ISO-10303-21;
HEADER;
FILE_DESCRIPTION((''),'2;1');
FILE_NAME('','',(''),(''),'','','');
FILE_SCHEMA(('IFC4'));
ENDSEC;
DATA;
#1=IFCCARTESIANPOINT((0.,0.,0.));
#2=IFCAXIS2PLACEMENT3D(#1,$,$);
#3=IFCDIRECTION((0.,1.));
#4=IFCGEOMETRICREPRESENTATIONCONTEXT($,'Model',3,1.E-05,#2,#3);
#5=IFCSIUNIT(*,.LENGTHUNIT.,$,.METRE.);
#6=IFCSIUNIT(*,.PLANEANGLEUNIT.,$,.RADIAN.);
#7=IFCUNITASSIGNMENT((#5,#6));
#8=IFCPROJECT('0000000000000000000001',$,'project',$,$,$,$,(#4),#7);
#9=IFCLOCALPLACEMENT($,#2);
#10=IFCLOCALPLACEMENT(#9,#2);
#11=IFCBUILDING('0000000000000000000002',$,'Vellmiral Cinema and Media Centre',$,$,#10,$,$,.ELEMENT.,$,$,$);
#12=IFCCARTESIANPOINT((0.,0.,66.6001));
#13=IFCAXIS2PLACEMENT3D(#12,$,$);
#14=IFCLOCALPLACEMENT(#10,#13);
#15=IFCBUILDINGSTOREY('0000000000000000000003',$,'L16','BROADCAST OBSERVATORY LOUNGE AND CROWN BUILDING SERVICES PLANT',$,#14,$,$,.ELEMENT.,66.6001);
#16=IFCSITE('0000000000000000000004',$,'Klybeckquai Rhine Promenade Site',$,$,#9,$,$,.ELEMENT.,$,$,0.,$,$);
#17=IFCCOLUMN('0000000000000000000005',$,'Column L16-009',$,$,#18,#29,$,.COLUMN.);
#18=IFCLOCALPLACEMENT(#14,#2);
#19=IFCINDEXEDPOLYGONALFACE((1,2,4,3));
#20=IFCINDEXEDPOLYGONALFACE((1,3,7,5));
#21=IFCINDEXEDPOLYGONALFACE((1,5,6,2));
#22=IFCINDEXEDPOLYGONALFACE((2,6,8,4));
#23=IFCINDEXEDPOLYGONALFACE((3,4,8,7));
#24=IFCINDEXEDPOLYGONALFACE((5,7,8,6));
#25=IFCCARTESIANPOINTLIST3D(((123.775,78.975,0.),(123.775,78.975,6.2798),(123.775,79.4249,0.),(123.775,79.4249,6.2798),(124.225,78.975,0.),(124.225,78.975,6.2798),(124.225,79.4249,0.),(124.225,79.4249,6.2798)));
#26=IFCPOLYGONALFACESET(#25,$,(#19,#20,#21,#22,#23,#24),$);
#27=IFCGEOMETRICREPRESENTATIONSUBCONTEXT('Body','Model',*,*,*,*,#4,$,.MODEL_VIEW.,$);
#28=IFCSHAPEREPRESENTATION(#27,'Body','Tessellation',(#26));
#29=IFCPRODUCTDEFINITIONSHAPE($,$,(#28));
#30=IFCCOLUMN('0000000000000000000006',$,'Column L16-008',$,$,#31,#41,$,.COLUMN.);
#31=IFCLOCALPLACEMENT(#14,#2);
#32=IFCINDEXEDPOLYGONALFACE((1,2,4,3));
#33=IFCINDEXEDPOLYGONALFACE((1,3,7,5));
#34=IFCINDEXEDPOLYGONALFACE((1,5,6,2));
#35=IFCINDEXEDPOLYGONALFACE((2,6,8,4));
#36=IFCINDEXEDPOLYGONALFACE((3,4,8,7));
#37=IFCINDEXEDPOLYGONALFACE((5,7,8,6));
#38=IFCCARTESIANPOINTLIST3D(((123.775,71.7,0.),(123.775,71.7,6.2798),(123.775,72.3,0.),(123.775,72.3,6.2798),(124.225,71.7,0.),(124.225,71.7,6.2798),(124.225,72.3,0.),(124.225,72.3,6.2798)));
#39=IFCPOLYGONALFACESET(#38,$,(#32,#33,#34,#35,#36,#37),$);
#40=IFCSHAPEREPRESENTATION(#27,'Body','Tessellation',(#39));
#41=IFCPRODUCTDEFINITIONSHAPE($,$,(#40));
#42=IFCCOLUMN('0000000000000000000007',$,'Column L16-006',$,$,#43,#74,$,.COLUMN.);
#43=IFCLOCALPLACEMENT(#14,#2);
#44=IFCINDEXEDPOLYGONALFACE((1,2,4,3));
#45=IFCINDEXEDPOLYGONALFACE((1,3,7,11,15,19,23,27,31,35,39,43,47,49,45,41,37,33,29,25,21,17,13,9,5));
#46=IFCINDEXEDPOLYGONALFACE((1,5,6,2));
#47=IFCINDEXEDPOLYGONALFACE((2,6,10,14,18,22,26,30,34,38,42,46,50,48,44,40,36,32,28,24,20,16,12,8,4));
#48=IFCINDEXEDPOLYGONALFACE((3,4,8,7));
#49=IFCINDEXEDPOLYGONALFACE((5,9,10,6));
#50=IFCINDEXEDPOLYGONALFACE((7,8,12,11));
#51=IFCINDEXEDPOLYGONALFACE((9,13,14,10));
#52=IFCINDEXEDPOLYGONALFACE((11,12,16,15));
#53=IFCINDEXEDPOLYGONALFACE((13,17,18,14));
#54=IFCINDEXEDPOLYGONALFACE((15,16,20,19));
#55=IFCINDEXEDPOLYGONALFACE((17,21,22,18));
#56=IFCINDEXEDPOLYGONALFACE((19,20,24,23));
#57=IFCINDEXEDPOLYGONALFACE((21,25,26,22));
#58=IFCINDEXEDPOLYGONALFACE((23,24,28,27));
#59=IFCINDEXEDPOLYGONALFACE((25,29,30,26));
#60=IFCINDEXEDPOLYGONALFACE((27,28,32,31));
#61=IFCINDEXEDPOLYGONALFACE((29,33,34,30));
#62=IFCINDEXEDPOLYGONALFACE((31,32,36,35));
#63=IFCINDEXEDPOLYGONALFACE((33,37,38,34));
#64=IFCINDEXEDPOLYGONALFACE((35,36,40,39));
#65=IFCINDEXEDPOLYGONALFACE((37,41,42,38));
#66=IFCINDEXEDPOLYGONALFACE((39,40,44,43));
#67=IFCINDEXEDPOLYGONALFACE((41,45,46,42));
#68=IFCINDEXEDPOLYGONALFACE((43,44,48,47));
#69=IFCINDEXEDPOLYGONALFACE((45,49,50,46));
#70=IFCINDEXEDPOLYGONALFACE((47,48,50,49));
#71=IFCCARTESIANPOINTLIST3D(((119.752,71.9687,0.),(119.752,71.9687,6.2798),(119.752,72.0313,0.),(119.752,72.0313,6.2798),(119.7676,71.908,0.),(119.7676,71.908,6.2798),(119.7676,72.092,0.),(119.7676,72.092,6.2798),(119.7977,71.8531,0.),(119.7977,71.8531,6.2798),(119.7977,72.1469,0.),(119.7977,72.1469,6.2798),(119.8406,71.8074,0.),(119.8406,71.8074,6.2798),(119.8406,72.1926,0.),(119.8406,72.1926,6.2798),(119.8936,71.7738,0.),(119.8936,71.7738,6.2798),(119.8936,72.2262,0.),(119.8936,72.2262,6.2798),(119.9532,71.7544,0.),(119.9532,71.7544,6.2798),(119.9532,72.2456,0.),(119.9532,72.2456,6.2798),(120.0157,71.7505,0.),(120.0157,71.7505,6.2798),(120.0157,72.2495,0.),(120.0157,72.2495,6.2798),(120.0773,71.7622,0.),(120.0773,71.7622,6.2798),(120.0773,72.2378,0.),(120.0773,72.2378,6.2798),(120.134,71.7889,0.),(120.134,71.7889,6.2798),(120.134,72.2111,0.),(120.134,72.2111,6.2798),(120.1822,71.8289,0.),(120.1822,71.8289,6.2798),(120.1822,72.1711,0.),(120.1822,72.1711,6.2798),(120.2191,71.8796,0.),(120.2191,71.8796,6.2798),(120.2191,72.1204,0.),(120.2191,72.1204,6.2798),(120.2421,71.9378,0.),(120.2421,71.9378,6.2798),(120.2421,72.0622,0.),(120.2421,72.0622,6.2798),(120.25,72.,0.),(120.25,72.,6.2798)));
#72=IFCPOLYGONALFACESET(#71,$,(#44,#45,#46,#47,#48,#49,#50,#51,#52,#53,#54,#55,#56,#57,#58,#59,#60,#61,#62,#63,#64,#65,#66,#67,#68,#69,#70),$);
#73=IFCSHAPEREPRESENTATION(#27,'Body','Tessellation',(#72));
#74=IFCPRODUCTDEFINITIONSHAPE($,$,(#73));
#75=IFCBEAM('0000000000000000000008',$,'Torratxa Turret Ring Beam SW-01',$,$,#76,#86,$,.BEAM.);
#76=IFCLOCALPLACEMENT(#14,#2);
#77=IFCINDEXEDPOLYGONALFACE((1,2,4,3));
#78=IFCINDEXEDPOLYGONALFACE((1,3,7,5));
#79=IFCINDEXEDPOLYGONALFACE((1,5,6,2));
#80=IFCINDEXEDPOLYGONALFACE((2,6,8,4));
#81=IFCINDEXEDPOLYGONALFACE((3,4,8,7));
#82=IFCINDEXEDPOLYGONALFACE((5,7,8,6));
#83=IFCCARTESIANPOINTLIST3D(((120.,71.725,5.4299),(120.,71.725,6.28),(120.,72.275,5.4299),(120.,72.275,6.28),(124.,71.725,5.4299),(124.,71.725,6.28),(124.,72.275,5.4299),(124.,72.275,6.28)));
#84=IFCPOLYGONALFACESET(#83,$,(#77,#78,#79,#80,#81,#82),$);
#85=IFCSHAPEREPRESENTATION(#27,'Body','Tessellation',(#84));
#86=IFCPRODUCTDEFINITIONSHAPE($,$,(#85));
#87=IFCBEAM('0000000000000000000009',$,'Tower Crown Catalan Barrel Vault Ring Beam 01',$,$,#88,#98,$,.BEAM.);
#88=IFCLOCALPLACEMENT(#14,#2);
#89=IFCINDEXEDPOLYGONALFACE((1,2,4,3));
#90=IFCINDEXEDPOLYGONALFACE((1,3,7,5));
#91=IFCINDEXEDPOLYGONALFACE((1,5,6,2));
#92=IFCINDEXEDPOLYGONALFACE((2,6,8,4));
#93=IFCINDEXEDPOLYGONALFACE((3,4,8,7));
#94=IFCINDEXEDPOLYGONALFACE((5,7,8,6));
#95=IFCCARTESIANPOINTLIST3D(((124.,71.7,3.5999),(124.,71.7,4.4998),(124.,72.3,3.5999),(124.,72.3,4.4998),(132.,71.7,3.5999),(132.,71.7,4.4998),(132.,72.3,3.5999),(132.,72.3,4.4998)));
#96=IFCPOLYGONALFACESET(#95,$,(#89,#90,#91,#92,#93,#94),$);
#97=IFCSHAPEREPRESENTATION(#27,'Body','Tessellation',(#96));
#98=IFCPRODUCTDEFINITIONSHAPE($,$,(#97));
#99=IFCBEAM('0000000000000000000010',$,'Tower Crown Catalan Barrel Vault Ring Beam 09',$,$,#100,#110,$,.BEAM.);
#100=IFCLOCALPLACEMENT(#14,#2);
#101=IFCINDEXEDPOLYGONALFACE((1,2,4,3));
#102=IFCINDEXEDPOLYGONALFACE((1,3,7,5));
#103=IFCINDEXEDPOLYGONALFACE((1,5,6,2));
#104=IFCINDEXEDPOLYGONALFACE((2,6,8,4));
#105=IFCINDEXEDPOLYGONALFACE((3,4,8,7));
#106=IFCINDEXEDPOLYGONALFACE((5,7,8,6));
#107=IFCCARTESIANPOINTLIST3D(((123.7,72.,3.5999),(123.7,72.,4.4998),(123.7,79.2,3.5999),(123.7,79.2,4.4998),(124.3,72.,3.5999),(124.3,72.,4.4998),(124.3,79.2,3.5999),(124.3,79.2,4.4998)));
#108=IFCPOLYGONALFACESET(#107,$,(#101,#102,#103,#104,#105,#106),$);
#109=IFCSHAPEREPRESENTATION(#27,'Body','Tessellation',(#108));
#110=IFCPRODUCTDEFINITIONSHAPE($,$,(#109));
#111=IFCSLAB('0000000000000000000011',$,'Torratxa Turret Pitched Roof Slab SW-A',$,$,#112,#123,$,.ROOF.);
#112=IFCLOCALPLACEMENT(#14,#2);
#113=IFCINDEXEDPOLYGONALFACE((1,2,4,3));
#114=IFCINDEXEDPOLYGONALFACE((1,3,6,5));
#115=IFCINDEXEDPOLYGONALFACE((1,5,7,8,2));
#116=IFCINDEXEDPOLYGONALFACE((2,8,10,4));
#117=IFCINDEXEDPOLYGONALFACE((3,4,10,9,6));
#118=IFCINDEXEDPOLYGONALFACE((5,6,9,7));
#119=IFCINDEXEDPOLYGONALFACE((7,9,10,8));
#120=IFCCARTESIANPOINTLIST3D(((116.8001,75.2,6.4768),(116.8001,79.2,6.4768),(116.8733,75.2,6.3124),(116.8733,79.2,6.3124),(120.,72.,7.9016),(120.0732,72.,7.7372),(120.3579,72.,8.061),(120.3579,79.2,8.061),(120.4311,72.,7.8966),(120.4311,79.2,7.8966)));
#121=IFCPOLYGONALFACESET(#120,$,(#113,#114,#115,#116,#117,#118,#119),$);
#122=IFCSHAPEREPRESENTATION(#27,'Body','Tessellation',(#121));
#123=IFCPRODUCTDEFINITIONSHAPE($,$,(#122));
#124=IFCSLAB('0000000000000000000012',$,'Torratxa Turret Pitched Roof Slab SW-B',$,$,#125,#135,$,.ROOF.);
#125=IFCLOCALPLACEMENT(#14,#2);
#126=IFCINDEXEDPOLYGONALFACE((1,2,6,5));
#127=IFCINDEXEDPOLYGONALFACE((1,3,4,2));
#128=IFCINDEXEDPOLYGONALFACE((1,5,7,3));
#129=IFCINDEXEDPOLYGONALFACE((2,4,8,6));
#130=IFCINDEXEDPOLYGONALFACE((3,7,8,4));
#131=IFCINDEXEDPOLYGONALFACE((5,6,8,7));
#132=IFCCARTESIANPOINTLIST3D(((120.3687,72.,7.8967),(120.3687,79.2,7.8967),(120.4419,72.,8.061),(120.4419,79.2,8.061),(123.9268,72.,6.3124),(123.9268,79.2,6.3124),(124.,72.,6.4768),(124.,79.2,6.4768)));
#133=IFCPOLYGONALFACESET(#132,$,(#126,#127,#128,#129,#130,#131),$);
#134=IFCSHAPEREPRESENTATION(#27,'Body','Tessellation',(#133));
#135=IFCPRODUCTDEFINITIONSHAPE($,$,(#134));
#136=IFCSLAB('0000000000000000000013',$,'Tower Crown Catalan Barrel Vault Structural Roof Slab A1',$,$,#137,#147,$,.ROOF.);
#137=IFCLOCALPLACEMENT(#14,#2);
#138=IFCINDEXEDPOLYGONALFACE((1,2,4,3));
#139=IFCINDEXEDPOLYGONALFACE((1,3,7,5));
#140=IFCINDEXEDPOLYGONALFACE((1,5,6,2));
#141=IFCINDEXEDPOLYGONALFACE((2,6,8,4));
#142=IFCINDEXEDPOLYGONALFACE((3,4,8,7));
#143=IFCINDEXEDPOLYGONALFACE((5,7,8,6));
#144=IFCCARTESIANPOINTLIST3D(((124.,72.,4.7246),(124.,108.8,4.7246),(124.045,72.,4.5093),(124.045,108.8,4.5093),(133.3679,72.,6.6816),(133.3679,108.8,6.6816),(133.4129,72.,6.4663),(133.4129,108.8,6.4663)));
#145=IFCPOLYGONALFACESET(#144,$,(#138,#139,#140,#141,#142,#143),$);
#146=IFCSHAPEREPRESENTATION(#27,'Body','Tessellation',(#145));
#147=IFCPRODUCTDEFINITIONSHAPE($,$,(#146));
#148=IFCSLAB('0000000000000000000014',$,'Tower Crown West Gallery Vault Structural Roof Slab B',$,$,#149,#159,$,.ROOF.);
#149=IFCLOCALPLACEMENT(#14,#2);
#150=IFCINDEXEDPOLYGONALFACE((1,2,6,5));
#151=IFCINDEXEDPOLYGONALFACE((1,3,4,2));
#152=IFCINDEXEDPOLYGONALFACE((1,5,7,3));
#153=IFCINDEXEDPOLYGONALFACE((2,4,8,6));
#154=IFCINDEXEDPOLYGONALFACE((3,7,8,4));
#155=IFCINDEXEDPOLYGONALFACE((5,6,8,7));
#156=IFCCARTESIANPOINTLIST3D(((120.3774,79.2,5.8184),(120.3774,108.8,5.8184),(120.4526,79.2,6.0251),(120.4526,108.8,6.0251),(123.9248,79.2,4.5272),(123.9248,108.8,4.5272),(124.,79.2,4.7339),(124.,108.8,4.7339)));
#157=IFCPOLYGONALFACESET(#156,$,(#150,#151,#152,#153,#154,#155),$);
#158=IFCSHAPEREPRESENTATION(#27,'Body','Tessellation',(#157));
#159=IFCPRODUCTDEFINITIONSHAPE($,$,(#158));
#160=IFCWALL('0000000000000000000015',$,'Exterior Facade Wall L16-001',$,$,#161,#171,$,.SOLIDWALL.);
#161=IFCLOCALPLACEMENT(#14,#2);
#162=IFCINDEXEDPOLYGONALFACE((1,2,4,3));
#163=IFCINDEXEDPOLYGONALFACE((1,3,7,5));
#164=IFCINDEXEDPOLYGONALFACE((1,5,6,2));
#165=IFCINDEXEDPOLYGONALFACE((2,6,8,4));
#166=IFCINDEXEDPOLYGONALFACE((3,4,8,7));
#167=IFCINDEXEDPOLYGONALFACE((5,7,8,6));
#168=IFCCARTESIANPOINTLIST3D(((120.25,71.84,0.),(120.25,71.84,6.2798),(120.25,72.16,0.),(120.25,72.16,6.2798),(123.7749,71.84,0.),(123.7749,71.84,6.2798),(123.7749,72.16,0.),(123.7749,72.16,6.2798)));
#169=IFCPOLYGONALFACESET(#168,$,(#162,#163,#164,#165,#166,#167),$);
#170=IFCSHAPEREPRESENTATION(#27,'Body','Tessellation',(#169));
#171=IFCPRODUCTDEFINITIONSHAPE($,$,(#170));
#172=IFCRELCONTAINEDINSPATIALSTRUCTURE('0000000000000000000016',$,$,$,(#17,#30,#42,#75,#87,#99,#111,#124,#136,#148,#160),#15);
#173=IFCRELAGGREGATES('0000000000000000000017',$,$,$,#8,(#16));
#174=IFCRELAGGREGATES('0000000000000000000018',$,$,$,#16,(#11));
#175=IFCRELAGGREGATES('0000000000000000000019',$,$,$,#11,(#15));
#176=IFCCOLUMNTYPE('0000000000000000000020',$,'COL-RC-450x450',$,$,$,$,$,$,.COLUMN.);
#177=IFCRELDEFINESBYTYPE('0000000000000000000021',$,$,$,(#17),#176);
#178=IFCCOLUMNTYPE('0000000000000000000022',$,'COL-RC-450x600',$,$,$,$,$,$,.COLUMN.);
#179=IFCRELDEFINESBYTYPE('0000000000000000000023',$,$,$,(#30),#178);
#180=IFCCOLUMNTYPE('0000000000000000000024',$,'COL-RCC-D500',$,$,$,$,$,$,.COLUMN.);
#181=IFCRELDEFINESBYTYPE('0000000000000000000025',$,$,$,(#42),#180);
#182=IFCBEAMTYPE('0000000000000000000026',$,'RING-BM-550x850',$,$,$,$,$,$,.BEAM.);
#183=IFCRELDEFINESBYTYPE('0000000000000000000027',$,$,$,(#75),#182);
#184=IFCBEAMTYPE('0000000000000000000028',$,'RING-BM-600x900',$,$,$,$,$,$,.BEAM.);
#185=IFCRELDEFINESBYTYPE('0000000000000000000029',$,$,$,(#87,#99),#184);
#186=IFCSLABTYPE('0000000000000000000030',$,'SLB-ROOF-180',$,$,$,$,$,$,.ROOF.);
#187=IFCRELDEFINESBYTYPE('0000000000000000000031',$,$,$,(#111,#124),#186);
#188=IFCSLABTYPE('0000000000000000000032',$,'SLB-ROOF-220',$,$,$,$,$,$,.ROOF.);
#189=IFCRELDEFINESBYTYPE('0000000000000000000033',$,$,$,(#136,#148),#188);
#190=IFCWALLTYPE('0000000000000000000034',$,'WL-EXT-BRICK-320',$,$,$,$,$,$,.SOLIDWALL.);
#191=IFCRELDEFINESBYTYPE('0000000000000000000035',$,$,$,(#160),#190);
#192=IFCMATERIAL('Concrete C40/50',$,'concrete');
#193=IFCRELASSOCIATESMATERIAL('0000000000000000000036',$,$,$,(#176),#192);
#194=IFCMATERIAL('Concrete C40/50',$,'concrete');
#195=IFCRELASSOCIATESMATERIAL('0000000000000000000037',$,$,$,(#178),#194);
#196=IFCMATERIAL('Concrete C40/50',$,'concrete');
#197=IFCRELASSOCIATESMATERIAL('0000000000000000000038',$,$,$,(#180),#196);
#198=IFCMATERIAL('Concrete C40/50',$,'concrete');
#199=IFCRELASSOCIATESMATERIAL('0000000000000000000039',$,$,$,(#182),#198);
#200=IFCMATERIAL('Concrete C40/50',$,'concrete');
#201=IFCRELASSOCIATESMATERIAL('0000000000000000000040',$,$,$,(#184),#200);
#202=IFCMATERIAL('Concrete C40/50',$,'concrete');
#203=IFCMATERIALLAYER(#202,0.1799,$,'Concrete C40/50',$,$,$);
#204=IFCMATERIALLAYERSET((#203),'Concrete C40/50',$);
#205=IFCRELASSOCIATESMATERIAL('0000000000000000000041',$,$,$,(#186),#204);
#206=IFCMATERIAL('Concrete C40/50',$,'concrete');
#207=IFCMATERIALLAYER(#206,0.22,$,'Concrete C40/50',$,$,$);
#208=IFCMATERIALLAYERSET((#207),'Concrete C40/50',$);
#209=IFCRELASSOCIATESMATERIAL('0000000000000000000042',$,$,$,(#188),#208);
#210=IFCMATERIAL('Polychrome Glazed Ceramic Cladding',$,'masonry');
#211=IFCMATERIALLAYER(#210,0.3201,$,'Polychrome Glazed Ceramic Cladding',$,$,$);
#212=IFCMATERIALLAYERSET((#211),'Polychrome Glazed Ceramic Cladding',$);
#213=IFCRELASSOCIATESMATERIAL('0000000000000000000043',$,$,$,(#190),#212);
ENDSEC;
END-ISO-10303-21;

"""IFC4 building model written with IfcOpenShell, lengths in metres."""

from ifc_helpers import new_model, si_unit, direction, frame, frame_2d, origin, origin_2d, place, context, subcontext, project, spatial, polyline, rectangle, circle, outline, extrude, material, layer, layer_set, material_profile, profile_set, type_object, element, save


model = new_model("IFC4")

# Units and contexts
model_context = context("Model", 3, precision=1e-05, world=origin(), true_north=direction((0.0, 1.0)))
body_context = subcontext(model_context, "Body", "Model", "MODEL_VIEW")
ifc_project = project(units=[si_unit("LENGTHUNIT", "METRE"), si_unit("PLANEANGLEUNIT", "RADIAN")], contexts=[model_context])

# Site, building, storey
site_placement = place(None, origin())
site = spatial("IfcSite", under=ifc_project, at=site_placement, Name="Klybeckquai Rhine Promenade Site", CompositionType="ELEMENT", RefElevation=0.0)
building_placement = place(site_placement, origin())
building = spatial("IfcBuilding", under=site, at=building_placement, Name="Vellmiral Cinema and Media Centre", CompositionType="ELEMENT")
storey_placement = place(building_placement, frame((0.0, 0.0, 66.6001)))
storey = spatial("IfcBuildingStorey", under=building, at=storey_placement, Name="L16", Description="BROADCAST OBSERVATORY LOUNGE AND CROWN BUILDING SERVICES PLANT", CompositionType="ELEMENT", Elevation=66.6001)

# Columns
ifc_material_1 = material(Name="Concrete C40/50", Category="concrete")
ifc_material_profile_1 = material_profile(ifc_material_1, rectangle(XDim=0.45, YDim=0.45, at=origin_2d()), Name="RC 450x450")
ifc_profile_set_1 = profile_set([ifc_material_profile_1], Name="Concrete C40/50")
column_type_1 = type_object("IfcColumnType", Name="COL-RC-450x450", PredefinedType="COLUMN", material=ifc_profile_set_1)
column_1_placement = place(storey_placement, frame((124.0, 79.2, 0.0), z_axis=(0.0, 0.0, 1.0), x_axis=(1.0, 0.0, 0.0)))
element("IfcColumn", 1, at=column_1_placement, inside=storey, type_object=column_type_1, Name="Column L16-009", PredefinedType="COLUMN", context=body_context, shape_type="SweptSolid", body=[
    extrude(rectangle(XDim=0.45, YDim=0.45, at=origin_2d()), origin(), (0.0, 0.0, 1.0), 6.2798),
])
ifc_material_2 = material(Name="Concrete C40/50", Category="concrete")
ifc_material_profile_2 = material_profile(ifc_material_2, rectangle(XDim=0.45, YDim=0.6001, at=origin_2d()), Name="RC 450x600")
ifc_profile_set_2 = profile_set([ifc_material_profile_2], Name="Concrete C40/50")
column_type_2 = type_object("IfcColumnType", Name="COL-RC-450x600", PredefinedType="COLUMN", material=ifc_profile_set_2)
column_2_placement = place(storey_placement, frame((124.0, 72.0, 0.0), z_axis=(0.0, 0.0, 1.0), x_axis=(1.0, 0.0, 0.0)))
element("IfcColumn", 2, at=column_2_placement, inside=storey, type_object=column_type_2, Name="Column L16-008", PredefinedType="COLUMN", context=body_context, shape_type="SweptSolid", body=[
    extrude(rectangle(XDim=0.45, YDim=0.6001, at=origin_2d()), origin(), (0.0, 0.0, 1.0), 6.2798),
])
ifc_material_3 = material(Name="Concrete C40/50", Category="concrete")
ifc_material_profile_3 = material_profile(ifc_material_3, circle(Radius=0.25, at=origin_2d()), Name="RC D500")
ifc_profile_set_3 = profile_set([ifc_material_profile_3], Name="Concrete C40/50")
column_type_3 = type_object("IfcColumnType", Name="COL-RCC-D500", PredefinedType="COLUMN", material=ifc_profile_set_3)
column_3_placement = place(storey_placement, frame((120.0, 72.0, 0.0), z_axis=(0.0, 0.0, 1.0), x_axis=(1.0, 0.0, 0.0)))
element("IfcColumn", 3, at=column_3_placement, inside=storey, type_object=column_type_3, Name="Column L16-006", PredefinedType="COLUMN", context=body_context, shape_type="SweptSolid", body=[
    extrude(circle(Radius=0.25, at=origin_2d()), origin(), (0.0, 0.0, 1.0), 6.2798),
])

# Beams
ifc_material_4 = material(Name="Concrete C40/50", Category="concrete")
ifc_material_profile_4 = material_profile(ifc_material_4, rectangle(XDim=0.55, YDim=0.8501, at=origin_2d()), Name="RC 550x850")
ifc_profile_set_4 = profile_set([ifc_material_profile_4], Name="Concrete C40/50")
beam_type_1 = type_object("IfcBeamType", Name="RING-BM-550x850", PredefinedType="BEAM", material=ifc_profile_set_4)
beam_1_placement = place(storey_placement, frame((120.0, 72.0, 5.855), z_axis=(1.0, 0.0, 0.0), x_axis=(0.0, 1.0, 0.0)))
element("IfcBeam", 4, at=beam_1_placement, inside=storey, type_object=beam_type_1, Name="Torratxa Turret Ring Beam SW-01", PredefinedType="BEAM", context=body_context, shape_type="SweptSolid", body=[
    extrude(rectangle(XDim=0.55, YDim=0.8501, at=origin_2d()), origin(), (0.0, 0.0, 1.0), 4.0),
])
ifc_material_5 = material(Name="Concrete C40/50", Category="concrete")
ifc_material_profile_5 = material_profile(ifc_material_5, rectangle(XDim=0.6001, YDim=0.8999, at=origin_2d()), Name="RC 600x900")
ifc_profile_set_5 = profile_set([ifc_material_profile_5], Name="Concrete C40/50")
beam_type_2 = type_object("IfcBeamType", Name="RING-BM-600x900", PredefinedType="BEAM", material=ifc_profile_set_5)
beam_2_placement = place(storey_placement, frame((124.0, 72.0, 4.0498), z_axis=(1.0, 0.0, 0.0), x_axis=(0.0, 1.0, 0.0)))
element("IfcBeam", 5, at=beam_2_placement, inside=storey, type_object=beam_type_2, Name="Tower Crown Catalan Barrel Vault Ring Beam 01", PredefinedType="BEAM", context=body_context, shape_type="SweptSolid", body=[
    extrude(rectangle(XDim=0.6001, YDim=0.8999, at=origin_2d()), origin(), (0.0, 0.0, 1.0), 8.0),
])
beam_3_placement = place(storey_placement, frame((124.0, 72.0, 4.0498), z_axis=(0.0, 1.0, 0.0), x_axis=(-1.0, 0.0, 0.0)))
element("IfcBeam", 6, at=beam_3_placement, inside=storey, type_object=beam_type_2, Name="Tower Crown Catalan Barrel Vault Ring Beam 09", PredefinedType="BEAM", context=body_context, shape_type="SweptSolid", body=[
    extrude(rectangle(XDim=0.6001, YDim=0.8999, at=origin_2d()), origin(), (0.0, 0.0, 1.0), 7.2),
])

# Slabs
ifc_material_6 = material(Name="Concrete C40/50", Category="concrete")
ifc_layer_1 = layer(ifc_material_6, 0.1799, Name="Concrete C40/50")
ifc_layer_set_1 = layer_set([ifc_layer_1], Name="Concrete C40/50")
slab_type_1 = type_object("IfcSlabType", Name="SLB-ROOF-180", PredefinedType="ROOF", material=ifc_layer_set_1)
slab_1_placement = place(storey_placement, frame((120.0, 72.0, 7.9016), z_axis=(-0.406776, -0.000004, 0.913528), x_axis=(0.913528, 0.0, 0.406776)))
element("IfcSlab", 7, at=slab_1_placement, inside=storey, type_object=slab_type_1, Name="Torratxa Turret Pitched Roof Slab SW-A", PredefinedType="ROOF", context=body_context, shape_type="SweptSolid", body=[
    extrude(outline(polyline([(0.0, 0.0), (0.3918, 0.0), (0.3918, 7.2), (-3.5028, 7.2), (-3.5028, 3.2), (0.0, 0.0)])), origin(), (0.0, 0.0, -1.0), 0.1799),
])
slab_2_placement = place(storey_placement, frame((120.4419, 72.0, 8.061), z_axis=(0.406749, 0.0, 0.91354), x_axis=(0.91354, 0.0, -0.406749)))
element("IfcSlab", 8, at=slab_2_placement, inside=storey, type_object=slab_type_1, Name="Torratxa Turret Pitched Roof Slab SW-B", PredefinedType="ROOF", context=body_context, shape_type="SweptSolid", body=[
    extrude(outline(polyline([(0.0, 0.0), (3.8949, 0.0), (3.8949, 7.2), (0.0, 7.2), (0.0, 0.0)])), origin(), (0.0, 0.0, -1.0), 0.1799),
])
ifc_material_7 = material(Name="Concrete C40/50", Category="concrete")
ifc_layer_2 = layer(ifc_material_7, 0.22, Name="Concrete C40/50")
ifc_layer_set_2 = layer_set([ifc_layer_2], Name="Concrete C40/50")
slab_type_2 = type_object("IfcSlabType", Name="SLB-ROOF-220", PredefinedType="ROOF", material=ifc_layer_set_2)
slab_3_placement = place(storey_placement, frame((124.0, 72.0, 4.7246), z_axis=(-0.204493, 0.0, 0.978868), x_axis=(0.978868, 0.0, 0.204493)))
element("IfcSlab", 9, at=slab_3_placement, inside=storey, type_object=slab_type_2, Name="Tower Crown Catalan Barrel Vault Structural Roof Slab A1", PredefinedType="ROOF", context=body_context, shape_type="SweptSolid", body=[
    extrude(outline(polyline([(0.0, 0.0), (9.5702, 0.0), (9.5702, 36.8), (0.0, 36.8), (0.0, 0.0)])), origin(), (0.0, 0.0, -1.0), 0.22),
])
slab_4_placement = place(storey_placement, frame((120.4526, 79.2, 6.0251), z_axis=(0.342049, 0.0, 0.939682), x_axis=(0.939682, 0.0, -0.342049)))
element("IfcSlab", 10, at=slab_4_placement, inside=storey, type_object=slab_type_2, Name="Tower Crown West Gallery Vault Structural Roof Slab B", PredefinedType="ROOF", context=body_context, shape_type="SweptSolid", body=[
    extrude(outline(polyline([(0.0, 0.0), (3.7751, 0.0), (3.7751, 29.6001), (0.0, 29.6001), (0.0, 0.0)])), origin(), (0.0, 0.0, -1.0), 0.22),
])

# Wall
ifc_material_8 = material(Name="Polychrome Glazed Ceramic Cladding", Category="masonry")
ifc_layer_3 = layer(ifc_material_8, 0.3201, Name="Polychrome Glazed Ceramic Cladding")
ifc_layer_set_3 = layer_set([ifc_layer_3], Name="Polychrome Glazed Ceramic Cladding")
wall_type_1 = type_object("IfcWallType", Name="WL-EXT-BRICK-320", PredefinedType="SOLIDWALL", material=ifc_layer_set_3)
wall_1_placement = place(storey_placement, frame((120.25, 72.0, 0.0), z_axis=(0.0, 0.0, 1.0), x_axis=(1.0, 0.0, 0.0)))
element("IfcWall", 11, at=wall_1_placement, inside=storey, type_object=wall_type_1, Name="Exterior Facade Wall L16-001", PredefinedType="SOLIDWALL", context=body_context, shape_type="SweptSolid", body=[
    extrude(rectangle(XDim=3.5249, YDim=0.3201, at=frame_2d((1.7625, 0.0))), origin(), (0.0, 0.0, 1.0), 6.2798),
])

save(model, "model.ifc")
